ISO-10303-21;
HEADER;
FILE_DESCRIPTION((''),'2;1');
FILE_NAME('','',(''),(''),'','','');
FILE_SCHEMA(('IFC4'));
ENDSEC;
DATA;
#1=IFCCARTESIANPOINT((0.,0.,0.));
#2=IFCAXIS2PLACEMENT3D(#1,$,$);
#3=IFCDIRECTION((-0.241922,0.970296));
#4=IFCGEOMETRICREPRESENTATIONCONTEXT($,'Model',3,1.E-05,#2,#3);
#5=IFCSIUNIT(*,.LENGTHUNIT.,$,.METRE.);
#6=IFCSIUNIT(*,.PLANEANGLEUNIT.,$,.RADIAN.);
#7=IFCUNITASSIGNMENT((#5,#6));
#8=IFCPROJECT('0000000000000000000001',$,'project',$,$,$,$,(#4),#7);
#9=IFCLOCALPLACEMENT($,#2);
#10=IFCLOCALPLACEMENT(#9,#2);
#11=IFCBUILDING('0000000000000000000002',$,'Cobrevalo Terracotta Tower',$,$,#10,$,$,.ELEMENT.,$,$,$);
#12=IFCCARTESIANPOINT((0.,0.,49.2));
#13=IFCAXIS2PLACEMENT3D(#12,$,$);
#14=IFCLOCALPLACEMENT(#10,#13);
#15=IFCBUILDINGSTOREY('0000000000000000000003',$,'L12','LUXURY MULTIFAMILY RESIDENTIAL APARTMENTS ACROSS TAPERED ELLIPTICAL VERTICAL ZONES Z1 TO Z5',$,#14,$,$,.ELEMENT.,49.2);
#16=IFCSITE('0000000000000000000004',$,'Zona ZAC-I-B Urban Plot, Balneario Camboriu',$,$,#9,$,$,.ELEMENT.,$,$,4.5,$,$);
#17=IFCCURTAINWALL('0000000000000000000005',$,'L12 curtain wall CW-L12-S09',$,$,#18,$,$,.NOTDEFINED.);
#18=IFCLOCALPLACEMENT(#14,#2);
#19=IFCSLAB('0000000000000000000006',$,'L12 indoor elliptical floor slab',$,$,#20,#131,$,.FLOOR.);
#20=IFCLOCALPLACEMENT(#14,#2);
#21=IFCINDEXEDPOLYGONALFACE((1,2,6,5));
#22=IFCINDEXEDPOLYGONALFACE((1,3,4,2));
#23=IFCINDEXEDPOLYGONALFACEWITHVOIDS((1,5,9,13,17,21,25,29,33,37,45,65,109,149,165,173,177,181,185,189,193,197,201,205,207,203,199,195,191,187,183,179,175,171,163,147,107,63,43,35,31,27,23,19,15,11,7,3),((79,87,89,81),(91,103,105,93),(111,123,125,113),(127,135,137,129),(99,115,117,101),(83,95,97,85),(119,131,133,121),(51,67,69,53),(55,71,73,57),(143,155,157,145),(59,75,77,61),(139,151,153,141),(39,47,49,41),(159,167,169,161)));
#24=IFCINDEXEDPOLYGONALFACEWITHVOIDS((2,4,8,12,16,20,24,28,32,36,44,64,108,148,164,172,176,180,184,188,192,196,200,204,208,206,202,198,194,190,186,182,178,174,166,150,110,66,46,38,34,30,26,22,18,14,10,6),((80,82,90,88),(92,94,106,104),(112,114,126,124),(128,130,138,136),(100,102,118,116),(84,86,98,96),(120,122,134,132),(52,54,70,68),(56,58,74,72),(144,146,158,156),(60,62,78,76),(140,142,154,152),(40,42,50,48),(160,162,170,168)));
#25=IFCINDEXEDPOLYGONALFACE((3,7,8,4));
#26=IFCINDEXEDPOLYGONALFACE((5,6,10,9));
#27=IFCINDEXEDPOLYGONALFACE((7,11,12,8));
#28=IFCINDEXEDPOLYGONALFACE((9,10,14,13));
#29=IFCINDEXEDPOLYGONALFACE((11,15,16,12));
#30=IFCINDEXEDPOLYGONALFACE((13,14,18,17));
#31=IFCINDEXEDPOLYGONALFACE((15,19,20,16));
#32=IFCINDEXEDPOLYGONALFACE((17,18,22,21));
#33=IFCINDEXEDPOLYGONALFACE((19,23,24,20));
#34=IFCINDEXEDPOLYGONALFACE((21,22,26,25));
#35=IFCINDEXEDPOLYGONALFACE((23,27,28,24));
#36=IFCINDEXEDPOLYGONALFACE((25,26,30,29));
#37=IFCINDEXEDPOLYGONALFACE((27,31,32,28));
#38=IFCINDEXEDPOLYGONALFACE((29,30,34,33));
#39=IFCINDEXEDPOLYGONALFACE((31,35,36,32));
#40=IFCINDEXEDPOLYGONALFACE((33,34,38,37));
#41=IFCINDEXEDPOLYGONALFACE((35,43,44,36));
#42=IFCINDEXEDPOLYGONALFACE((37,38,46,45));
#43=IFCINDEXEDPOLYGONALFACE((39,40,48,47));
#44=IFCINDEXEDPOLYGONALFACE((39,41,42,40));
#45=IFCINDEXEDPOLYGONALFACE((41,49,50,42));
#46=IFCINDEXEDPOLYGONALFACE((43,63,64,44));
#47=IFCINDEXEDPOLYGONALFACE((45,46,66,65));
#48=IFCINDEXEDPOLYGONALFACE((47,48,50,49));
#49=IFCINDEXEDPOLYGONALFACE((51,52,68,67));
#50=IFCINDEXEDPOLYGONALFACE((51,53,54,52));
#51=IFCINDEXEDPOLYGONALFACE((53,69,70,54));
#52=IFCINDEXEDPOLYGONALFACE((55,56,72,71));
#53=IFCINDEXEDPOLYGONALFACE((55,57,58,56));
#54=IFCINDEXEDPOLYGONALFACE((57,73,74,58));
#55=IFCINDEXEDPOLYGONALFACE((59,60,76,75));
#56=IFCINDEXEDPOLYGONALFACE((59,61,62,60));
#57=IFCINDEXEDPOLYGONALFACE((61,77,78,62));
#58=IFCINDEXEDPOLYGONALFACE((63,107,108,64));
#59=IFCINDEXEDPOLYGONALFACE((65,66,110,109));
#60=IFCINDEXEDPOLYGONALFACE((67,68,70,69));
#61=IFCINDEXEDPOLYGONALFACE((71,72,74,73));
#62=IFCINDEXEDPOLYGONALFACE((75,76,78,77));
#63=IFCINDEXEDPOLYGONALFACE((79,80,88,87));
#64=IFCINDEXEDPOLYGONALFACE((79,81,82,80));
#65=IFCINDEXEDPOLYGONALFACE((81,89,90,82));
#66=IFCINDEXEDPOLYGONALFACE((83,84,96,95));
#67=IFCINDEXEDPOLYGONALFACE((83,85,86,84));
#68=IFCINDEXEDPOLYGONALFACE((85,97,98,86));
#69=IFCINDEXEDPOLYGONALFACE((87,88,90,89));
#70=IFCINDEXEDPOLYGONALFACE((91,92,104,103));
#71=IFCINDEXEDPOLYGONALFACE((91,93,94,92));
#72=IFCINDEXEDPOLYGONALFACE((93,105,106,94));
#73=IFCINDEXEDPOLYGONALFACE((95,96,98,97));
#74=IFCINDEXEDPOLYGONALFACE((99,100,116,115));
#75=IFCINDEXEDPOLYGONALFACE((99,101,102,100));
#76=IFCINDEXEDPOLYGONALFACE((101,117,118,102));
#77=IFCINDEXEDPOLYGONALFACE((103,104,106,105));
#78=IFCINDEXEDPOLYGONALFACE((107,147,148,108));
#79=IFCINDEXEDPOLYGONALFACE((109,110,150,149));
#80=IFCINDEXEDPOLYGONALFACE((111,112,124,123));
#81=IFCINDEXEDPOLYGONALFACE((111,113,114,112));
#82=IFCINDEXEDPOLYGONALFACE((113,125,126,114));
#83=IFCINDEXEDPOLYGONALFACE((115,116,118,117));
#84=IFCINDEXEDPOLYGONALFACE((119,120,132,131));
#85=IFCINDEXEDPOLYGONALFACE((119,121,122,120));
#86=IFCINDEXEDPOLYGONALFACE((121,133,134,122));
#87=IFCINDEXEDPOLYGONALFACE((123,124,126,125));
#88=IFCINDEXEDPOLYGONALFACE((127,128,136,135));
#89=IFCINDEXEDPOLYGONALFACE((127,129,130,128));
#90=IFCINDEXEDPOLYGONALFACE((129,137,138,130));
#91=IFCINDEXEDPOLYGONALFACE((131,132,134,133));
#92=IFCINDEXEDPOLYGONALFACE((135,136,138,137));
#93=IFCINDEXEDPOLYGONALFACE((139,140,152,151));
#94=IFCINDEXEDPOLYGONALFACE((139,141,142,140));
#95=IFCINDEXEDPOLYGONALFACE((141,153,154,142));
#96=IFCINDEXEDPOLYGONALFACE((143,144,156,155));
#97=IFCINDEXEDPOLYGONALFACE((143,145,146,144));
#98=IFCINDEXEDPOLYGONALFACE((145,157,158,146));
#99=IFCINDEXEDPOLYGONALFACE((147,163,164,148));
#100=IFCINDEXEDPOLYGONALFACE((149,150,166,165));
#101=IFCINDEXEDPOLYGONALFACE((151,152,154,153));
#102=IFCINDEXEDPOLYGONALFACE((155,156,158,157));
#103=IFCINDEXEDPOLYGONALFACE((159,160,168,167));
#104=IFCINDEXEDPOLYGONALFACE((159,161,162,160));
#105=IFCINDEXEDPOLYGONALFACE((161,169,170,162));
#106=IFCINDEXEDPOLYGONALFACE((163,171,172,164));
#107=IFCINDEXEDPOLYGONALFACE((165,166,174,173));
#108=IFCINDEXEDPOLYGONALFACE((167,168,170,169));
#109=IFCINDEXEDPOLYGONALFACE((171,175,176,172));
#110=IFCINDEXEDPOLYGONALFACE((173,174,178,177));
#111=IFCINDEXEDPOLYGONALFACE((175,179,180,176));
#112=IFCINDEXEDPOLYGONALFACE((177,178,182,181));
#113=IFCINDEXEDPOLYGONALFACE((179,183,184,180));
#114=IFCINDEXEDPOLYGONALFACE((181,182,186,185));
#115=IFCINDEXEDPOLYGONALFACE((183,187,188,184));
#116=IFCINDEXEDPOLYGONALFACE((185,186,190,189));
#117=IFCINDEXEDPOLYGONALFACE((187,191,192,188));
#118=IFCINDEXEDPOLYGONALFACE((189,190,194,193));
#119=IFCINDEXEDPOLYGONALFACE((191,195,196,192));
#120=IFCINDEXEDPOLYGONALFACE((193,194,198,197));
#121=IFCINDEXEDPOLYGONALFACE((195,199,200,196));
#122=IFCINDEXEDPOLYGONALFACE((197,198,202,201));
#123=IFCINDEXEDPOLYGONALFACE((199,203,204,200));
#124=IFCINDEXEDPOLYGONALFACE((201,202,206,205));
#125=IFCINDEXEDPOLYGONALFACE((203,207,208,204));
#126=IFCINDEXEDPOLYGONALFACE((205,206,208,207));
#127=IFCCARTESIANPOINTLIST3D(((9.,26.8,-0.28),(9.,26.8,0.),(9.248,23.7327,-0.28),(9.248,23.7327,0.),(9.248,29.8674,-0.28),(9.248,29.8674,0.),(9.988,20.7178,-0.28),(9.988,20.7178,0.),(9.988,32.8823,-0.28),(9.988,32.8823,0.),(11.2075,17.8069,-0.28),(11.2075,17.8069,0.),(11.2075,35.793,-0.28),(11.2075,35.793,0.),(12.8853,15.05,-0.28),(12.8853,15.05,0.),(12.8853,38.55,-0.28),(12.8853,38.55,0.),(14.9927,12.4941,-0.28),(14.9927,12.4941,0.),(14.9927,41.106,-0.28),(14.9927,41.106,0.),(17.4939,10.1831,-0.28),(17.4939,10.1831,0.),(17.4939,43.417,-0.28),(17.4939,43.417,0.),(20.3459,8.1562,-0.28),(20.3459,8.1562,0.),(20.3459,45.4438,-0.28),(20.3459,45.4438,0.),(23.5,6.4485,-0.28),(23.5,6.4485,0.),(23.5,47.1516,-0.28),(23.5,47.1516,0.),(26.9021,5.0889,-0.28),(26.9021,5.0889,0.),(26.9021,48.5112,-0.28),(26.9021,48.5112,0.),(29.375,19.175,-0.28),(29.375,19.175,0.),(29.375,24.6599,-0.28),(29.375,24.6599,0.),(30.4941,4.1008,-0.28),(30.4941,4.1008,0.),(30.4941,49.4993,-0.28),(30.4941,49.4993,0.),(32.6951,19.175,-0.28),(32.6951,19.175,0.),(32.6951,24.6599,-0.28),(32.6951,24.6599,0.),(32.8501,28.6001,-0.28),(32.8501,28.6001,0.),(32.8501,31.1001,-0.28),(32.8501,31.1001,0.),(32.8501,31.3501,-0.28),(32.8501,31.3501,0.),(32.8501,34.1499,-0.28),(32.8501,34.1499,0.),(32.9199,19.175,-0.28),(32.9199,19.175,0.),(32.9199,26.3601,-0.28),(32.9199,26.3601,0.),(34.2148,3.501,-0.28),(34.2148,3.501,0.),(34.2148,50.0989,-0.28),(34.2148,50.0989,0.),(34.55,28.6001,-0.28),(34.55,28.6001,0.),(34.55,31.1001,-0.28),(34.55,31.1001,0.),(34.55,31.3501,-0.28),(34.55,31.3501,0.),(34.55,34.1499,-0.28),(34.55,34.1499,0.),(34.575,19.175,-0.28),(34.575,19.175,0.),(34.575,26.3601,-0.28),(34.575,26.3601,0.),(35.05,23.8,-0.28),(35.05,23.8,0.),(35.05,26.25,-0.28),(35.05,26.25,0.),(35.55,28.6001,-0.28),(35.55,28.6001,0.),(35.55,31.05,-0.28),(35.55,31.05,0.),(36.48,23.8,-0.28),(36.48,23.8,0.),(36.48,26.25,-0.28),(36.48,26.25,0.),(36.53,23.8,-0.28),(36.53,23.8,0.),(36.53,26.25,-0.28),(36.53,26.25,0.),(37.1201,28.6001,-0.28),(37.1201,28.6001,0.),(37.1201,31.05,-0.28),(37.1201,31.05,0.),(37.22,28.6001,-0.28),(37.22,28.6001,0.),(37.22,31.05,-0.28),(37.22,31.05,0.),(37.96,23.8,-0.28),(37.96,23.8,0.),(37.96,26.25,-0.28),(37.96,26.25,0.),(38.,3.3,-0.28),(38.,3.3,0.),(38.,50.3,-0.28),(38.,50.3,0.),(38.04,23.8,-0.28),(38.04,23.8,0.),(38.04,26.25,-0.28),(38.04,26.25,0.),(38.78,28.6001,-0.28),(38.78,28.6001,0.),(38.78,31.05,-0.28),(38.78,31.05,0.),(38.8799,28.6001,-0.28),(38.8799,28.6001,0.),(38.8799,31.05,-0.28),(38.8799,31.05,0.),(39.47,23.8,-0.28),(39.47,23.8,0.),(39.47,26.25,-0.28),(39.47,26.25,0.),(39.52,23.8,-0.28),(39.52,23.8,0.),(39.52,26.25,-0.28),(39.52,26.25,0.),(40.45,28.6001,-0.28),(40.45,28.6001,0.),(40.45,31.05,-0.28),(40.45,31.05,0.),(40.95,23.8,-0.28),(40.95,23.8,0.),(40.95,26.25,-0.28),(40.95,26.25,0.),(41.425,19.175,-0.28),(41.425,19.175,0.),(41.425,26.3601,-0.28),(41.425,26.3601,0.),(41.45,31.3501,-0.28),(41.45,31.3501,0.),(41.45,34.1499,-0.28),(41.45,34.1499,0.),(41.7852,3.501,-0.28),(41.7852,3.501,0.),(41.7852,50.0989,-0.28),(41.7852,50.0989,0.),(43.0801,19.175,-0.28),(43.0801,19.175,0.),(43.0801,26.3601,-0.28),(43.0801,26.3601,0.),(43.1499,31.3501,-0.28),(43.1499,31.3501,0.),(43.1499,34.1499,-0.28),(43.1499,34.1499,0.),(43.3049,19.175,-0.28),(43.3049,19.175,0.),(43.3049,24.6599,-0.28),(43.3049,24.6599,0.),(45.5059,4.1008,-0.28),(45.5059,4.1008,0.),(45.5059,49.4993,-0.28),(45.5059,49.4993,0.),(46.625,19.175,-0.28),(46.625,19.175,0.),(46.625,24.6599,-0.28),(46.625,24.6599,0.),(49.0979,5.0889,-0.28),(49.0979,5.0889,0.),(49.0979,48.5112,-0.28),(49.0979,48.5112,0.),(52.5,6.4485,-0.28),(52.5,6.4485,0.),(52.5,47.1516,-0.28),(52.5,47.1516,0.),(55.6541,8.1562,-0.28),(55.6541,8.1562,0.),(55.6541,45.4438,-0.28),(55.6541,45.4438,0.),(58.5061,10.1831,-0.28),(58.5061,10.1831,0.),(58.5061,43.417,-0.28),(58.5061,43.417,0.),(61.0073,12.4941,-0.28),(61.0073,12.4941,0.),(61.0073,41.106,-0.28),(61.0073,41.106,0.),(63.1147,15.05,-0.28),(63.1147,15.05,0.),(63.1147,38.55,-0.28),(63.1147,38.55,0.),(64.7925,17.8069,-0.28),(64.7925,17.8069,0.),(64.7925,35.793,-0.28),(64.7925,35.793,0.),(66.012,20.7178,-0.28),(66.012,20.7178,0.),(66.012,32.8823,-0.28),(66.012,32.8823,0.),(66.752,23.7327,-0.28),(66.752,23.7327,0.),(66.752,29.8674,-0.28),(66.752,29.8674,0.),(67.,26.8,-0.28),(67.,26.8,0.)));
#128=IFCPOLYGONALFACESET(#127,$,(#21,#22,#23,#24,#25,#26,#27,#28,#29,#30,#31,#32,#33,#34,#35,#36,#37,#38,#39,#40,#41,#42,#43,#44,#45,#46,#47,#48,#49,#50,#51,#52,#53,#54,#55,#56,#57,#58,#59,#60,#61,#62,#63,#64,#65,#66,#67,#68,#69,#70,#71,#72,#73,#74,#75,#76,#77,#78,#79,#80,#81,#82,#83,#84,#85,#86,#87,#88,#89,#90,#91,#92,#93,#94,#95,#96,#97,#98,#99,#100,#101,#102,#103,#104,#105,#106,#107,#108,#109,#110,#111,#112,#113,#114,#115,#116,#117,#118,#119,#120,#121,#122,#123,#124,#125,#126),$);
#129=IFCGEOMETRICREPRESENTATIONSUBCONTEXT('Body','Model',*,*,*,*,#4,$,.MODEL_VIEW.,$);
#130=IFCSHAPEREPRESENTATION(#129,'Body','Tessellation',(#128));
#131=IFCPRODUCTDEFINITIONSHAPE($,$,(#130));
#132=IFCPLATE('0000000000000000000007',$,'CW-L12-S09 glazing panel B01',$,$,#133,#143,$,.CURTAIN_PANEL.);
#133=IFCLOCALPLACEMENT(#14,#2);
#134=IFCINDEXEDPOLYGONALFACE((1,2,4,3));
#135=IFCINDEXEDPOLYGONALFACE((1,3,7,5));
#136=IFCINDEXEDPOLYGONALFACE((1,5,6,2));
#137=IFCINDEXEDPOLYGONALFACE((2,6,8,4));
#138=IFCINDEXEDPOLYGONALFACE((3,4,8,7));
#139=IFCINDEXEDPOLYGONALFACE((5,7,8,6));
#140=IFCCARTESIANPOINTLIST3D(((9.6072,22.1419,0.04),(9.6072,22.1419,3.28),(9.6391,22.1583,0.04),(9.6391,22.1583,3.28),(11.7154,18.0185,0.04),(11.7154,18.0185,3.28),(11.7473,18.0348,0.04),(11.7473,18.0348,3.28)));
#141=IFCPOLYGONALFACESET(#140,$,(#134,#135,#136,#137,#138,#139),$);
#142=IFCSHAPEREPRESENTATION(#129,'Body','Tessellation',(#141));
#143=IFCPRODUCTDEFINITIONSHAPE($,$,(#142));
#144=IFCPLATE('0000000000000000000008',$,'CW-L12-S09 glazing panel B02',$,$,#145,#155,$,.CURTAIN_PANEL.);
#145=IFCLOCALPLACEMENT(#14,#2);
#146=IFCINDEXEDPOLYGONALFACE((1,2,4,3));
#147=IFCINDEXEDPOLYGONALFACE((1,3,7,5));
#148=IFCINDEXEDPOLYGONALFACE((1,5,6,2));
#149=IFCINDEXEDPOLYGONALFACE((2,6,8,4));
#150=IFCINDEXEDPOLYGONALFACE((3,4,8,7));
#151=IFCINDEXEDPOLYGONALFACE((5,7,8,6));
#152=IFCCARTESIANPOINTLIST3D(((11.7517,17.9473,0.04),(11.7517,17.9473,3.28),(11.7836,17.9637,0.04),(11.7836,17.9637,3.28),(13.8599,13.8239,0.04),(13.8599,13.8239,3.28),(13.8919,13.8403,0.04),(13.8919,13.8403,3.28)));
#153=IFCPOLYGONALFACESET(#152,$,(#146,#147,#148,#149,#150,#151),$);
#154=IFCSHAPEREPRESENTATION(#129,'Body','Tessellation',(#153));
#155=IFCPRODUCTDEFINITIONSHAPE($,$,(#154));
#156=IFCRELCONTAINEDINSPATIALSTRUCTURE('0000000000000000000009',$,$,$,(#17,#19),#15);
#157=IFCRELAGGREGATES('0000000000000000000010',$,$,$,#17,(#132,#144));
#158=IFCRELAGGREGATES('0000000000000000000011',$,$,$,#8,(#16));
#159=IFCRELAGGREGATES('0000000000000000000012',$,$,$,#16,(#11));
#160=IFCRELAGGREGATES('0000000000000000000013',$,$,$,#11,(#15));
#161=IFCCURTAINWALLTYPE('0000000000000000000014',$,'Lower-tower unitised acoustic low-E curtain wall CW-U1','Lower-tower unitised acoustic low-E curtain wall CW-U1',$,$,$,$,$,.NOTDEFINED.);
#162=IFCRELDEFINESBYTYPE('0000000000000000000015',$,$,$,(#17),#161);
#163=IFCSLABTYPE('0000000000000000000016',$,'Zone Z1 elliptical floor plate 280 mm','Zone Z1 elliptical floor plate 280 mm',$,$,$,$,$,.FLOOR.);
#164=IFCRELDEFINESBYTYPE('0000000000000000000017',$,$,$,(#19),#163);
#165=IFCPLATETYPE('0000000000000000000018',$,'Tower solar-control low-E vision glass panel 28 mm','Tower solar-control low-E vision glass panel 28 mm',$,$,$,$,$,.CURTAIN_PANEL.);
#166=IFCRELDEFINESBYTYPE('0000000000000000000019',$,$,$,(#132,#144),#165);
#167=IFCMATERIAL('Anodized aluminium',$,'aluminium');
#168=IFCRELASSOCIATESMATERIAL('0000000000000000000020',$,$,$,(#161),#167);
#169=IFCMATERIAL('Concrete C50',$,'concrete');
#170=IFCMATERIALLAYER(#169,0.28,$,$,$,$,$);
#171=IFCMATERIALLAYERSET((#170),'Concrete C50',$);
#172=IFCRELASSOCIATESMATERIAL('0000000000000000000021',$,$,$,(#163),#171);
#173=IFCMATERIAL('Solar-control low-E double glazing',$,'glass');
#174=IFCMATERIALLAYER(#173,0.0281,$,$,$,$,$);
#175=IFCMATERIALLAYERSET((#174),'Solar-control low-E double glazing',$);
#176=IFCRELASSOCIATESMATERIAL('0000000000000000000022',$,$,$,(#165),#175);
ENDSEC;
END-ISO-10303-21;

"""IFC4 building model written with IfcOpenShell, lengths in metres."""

from ifc_helpers import new_model, si_unit, direction, frame, origin, origin_2d, place, context, subcontext, project, spatial, polyline, rectangle, outline, extrude, source, transform, mapped, material, layer, layer_set, type_object, element, aggregate, save


model = new_model("IFC4")

# Units and contexts
model_context = context("Model", 3, precision=1e-05, world=origin(), true_north=direction((-0.241922, 0.970296)))
body_context = subcontext(model_context, "Body", "Model", "MODEL_VIEW")
ifc_project = project(units=[si_unit("LENGTHUNIT", "METRE"), si_unit("PLANEANGLEUNIT", "RADIAN")], contexts=[model_context])

# Site, building, storey
site_placement = place(None, origin())
site = spatial("IfcSite", under=ifc_project, at=site_placement, Name="Zona ZAC-I-B Urban Plot, Balneario Camboriu", CompositionType="ELEMENT", RefElevation=4.5)
building_placement = place(site_placement, origin())
building = spatial("IfcBuilding", under=site, at=building_placement, Name="Cobrevalo Terracotta Tower", CompositionType="ELEMENT")
storey_placement = place(building_placement, frame((0.0, 0.0, 49.2)))
storey = spatial("IfcBuildingStorey", under=building, at=storey_placement, Name="L12", Description="LUXURY MULTIFAMILY RESIDENTIAL APARTMENTS ACROSS TAPERED ELLIPTICAL VERTICAL ZONES Z1 TO Z5", CompositionType="ELEMENT", Elevation=49.2)

# Curtain wall
ifc_material_1 = material(Name="Anodized aluminium", Category="aluminium")
curtain_wall_type = type_object("IfcCurtainWallType", Name="Lower-tower unitised acoustic low-E curtain wall CW-U1", Description="Lower-tower unitised acoustic low-E curtain wall CW-U1", PredefinedType="NOTDEFINED", material=ifc_material_1)
curtain_wall_placement = place(storey_placement, origin())
curtain_wall = element("IfcCurtainWall", 1, at=curtain_wall_placement, inside=storey, type_object=curtain_wall_type, Name="L12 curtain wall CW-L12-S09", PredefinedType="NOTDEFINED")

# Shared definitions
ifc_material_2 = material(Name="Concrete C50", Category="concrete")

# Slab
ifc_layer_1 = layer(ifc_material_2, 0.28)
ifc_layer_set_1 = layer_set([ifc_layer_1], Name="Concrete C50")
slab_type_1 = type_object("IfcSlabType", Name="Zone Z1 elliptical floor plate 280 mm", Description="Zone Z1 elliptical floor plate 280 mm", PredefinedType="FLOOR", material=ifc_layer_set_1)
slab_1_placement = place(storey_placement, frame((0.0, 0.0, -0.28)))
element("IfcSlab", 2, at=slab_1_placement, inside=storey, type_object=slab_type_1, Name="L12 indoor elliptical floor slab", PredefinedType="FLOOR", context=body_context, shape_type="SweptSolid", body=[
    extrude(outline(polyline([(66.752, 23.7327), (66.012, 20.7178), (64.7925, 17.8069), (63.1147, 15.05), (61.0073, 12.4941), (58.5061, 10.1831), (55.6541, 8.1562), (52.5, 6.4485), (49.0979, 5.0889), (45.5059, 4.1008), (41.7852, 3.501), (38.0, 3.3), (34.2148, 3.501), (30.4941, 4.1008), (26.9021, 5.0889), (23.5, 6.4485), (20.3459, 8.1562), (17.4939, 10.1831), (14.9927, 12.4941), (12.8853, 15.05), (11.2075, 17.8069), (9.988, 20.7178), (9.248, 23.7327), (9.0, 26.8), (9.248, 29.8674), (9.988, 32.8823), (11.2075, 35.793), (12.8853, 38.55), (14.9927, 41.106), (17.4939, 43.417), (20.3459, 45.4438), (23.5, 47.1516), (26.9021, 48.5112), (30.4941, 49.4993), (34.2148, 50.0989), (38.0, 50.3), (41.7852, 50.0989), (45.5059, 49.4993), (49.0979, 48.5112), (52.5, 47.1516), (55.6541, 45.4438), (58.5061, 43.417), (61.0073, 41.106), (63.1147, 38.55), (64.7925, 35.793), (66.012, 32.8823), (66.752, 29.8674), (67.0, 26.8), (66.752, 23.7327)]), holes=[polyline([(32.6951, 19.175), (32.6951, 24.6599), (29.375, 24.6599), (29.375, 19.175), (32.6951, 19.175)]), polyline([(34.575, 19.175), (34.575, 26.3601), (32.9199, 26.3601), (32.9199, 19.175), (34.575, 19.175)]), polyline([(36.48, 23.8), (36.48, 26.25), (35.05, 26.25), (35.05, 23.8), (36.48, 23.8)]), polyline([(37.96, 23.8), (37.96, 26.25), (36.53, 26.25), (36.53, 23.8), (37.96, 23.8)]), polyline([(37.1201, 28.6001), (37.1201, 31.05), (35.55, 31.05), (35.55, 28.6001), (37.1201, 28.6001)]), polyline([(34.55, 28.6001), (34.55, 31.1001), (32.8501, 31.1001), (32.8501, 28.6001), (34.55, 28.6001)]), polyline([(34.55, 31.3501), (34.55, 34.1499), (32.8501, 34.1499), (32.8501, 31.3501), (34.55, 31.3501)]), polyline([(46.625, 19.175), (46.625, 24.6599), (43.3049, 24.6599), (43.3049, 19.175), (46.625, 19.175)]), polyline([(43.0801, 19.175), (43.0801, 26.3601), (41.425, 26.3601), (41.425, 19.175), (43.0801, 19.175)]), polyline([(39.47, 23.8), (39.47, 26.25), (38.04, 26.25), (38.04, 23.8), (39.47, 23.8)]), polyline([(40.95, 23.8), (40.95, 26.25), (39.52, 26.25), (39.52, 23.8), (40.95, 23.8)]), polyline([(38.78, 28.6001), (38.78, 31.05), (37.22, 31.05), (37.22, 28.6001), (38.78, 28.6001)]), polyline([(40.45, 28.6001), (40.45, 31.05), (38.8799, 31.05), (38.8799, 28.6001), (40.45, 28.6001)]), polyline([(43.1499, 31.3501), (43.1499, 34.1499), (41.45, 34.1499), (41.45, 31.3501), (43.1499, 31.3501)])]), origin(), (0.0, 0.0, 1.0), 0.28),
])

# Plates
ifc_material_3 = material(Name="Solar-control low-E double glazing", Category="glass")
ifc_layer_2 = layer(ifc_material_3, 0.0281)
ifc_layer_set_2 = layer_set([ifc_layer_2], Name="Solar-control low-E double glazing")
plate_type = type_object("IfcPlateType", Name="Tower solar-control low-E vision glass panel 28 mm", Description="Tower solar-control low-E vision glass panel 28 mm", PredefinedType="CURTAIN_PANEL", material=ifc_layer_set_2)
shared_shape_1 = source(origin(), body_context, "Body", "SweptSolid", [
    extrude(rectangle(XDim=4.6311, YDim=0.0359, at=origin_2d()), origin(), (0.0, 0.0, 1.0), 3.24),
])
plate_1_placement = place(storey_placement, frame((10.6772, 20.0884, 0.04), z_axis=(0.0, 0.0, 1.0), x_axis=(0.455231, -0.890373, 0.0)))
plate_1 = element("IfcPlate", 3, at=plate_1_placement, type_object=plate_type, Name="CW-L12-S09 glazing panel B01", PredefinedType="CURTAIN_PANEL", context=body_context, shape_type="MappedRepresentation", body=[
    mapped(shared_shape_1, transform((0.0, 0.0, 0.0), scale=1.0)),
])
plate_2_placement = place(storey_placement, frame((12.8218, 15.8938, 0.04), z_axis=(0.0, 0.0, 1.0), x_axis=(0.455231, -0.890373, 0.0)))
plate_2 = element("IfcPlate", 4, at=plate_2_placement, type_object=plate_type, Name="CW-L12-S09 glazing panel B02", PredefinedType="CURTAIN_PANEL", context=body_context, shape_type="MappedRepresentation", body=[
    mapped(shared_shape_1, transform((0.0, 0.0, 0.0), scale=1.0)),
])
aggregate(curtain_wall, [plate_1, plate_2])

save(model, "model.ifc")
